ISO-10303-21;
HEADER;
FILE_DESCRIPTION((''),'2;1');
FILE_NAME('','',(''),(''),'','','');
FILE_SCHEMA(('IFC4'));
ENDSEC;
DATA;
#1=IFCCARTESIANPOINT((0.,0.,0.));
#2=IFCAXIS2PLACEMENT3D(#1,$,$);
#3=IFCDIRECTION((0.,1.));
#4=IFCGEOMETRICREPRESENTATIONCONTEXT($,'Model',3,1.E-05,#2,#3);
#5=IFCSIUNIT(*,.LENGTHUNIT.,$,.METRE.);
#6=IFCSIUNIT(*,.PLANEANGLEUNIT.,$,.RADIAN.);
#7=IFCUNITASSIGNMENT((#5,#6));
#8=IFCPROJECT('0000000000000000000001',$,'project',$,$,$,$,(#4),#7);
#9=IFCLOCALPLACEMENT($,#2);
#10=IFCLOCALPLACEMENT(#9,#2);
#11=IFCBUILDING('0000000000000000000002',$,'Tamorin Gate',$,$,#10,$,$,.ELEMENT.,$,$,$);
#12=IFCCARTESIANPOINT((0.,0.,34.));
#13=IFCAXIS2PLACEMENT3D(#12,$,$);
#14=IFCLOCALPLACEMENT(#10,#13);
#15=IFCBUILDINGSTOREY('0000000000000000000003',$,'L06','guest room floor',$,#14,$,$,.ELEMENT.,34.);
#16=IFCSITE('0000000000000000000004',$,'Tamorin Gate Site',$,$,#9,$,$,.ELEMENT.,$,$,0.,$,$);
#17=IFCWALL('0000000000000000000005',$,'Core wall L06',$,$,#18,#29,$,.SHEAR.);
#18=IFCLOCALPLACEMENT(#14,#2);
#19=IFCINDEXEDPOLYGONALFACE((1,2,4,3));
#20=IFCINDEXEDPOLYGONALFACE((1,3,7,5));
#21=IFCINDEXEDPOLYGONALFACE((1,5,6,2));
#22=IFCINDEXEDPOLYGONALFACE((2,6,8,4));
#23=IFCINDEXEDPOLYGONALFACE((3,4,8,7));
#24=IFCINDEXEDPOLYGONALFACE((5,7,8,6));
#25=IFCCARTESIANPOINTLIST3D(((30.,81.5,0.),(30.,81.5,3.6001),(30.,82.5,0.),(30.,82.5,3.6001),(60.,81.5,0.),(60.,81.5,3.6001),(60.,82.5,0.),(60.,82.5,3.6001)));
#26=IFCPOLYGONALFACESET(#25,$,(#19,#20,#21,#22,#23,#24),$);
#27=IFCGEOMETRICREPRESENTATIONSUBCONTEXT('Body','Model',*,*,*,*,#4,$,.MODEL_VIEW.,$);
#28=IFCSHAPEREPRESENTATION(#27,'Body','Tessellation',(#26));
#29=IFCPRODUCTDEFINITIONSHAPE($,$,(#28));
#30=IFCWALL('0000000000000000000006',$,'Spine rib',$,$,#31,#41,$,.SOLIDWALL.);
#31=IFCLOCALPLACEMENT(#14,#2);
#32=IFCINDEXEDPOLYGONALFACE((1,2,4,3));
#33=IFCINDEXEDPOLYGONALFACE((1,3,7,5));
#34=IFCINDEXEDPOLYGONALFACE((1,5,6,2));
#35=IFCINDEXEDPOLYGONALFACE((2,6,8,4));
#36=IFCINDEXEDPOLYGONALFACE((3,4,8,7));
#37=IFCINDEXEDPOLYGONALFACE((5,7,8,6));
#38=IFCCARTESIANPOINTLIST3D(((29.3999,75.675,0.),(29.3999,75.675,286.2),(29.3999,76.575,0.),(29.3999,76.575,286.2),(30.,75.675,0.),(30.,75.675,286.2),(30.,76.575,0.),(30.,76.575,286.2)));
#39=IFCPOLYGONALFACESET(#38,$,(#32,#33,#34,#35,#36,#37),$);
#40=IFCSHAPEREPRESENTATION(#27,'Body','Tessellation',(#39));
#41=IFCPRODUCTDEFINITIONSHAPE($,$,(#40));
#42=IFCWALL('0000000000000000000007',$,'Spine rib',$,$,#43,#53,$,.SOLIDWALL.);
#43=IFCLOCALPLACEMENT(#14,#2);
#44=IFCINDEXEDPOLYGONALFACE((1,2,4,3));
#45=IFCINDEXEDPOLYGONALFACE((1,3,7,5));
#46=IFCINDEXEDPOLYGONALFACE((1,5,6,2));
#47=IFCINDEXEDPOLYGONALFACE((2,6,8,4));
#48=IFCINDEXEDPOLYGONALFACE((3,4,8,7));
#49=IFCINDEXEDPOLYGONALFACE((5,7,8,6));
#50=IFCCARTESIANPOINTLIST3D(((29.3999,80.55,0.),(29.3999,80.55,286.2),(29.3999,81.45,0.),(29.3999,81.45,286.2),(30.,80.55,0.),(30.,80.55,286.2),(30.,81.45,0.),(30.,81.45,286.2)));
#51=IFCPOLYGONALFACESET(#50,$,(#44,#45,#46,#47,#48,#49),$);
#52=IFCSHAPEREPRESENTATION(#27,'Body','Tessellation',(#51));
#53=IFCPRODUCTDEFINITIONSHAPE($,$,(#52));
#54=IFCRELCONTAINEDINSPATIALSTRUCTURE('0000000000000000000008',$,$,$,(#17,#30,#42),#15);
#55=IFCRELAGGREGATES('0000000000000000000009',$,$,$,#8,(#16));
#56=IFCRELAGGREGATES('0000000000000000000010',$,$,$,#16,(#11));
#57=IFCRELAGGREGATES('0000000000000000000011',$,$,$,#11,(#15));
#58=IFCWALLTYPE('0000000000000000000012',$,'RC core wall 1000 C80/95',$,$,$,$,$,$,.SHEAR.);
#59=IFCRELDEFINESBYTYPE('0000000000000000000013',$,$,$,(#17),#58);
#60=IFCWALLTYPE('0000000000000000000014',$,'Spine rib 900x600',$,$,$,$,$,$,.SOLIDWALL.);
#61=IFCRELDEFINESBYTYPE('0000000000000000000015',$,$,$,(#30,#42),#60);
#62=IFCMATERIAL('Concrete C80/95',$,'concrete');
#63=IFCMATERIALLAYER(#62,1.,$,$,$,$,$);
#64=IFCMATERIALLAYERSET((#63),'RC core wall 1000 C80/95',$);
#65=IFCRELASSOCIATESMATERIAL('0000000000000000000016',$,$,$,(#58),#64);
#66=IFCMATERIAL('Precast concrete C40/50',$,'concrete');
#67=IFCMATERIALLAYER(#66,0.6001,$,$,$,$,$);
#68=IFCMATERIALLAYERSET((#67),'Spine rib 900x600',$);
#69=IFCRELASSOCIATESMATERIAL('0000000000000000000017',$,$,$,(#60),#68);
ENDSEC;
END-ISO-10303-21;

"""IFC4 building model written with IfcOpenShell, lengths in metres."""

from ifc_helpers import new_model, si_unit, direction, frame, frame_2d, origin, place, context, subcontext, project, spatial, rectangle, extrude, material, layer, layer_set, type_object, element, save


model = new_model("IFC4")

# Units and contexts
model_context = context("Model", 3, precision=1e-05, world=origin(), true_north=direction((0.0, 1.0)))
body_context = subcontext(model_context, "Body", "Model", "MODEL_VIEW")
ifc_project = project(units=[si_unit("LENGTHUNIT", "METRE"), si_unit("PLANEANGLEUNIT", "RADIAN")], contexts=[model_context])

# Site, building, storey
site_placement = place(None, origin())
site = spatial("IfcSite", under=ifc_project, at=site_placement, Name="Tamorin Gate Site", CompositionType="ELEMENT", RefElevation=0.0)
building_placement = place(site_placement, origin())
building = spatial("IfcBuilding", under=site, at=building_placement, Name="Tamorin Gate", CompositionType="ELEMENT")
storey_placement = place(building_placement, frame((0.0, 0.0, 34.0)))
storey = spatial("IfcBuildingStorey", under=building, at=storey_placement, Name="L06", Description="guest room floor", CompositionType="ELEMENT", Elevation=34.0)

# Walls
ifc_material_1 = material(Name="Concrete C80/95", Category="concrete")
ifc_layer_1 = layer(ifc_material_1, 1.0)
ifc_layer_set_1 = layer_set([ifc_layer_1], Name="RC core wall 1000 C80/95")
wall_type_1 = type_object("IfcWallType", Name="RC core wall 1000 C80/95", PredefinedType="SHEAR", material=ifc_layer_set_1)
wall_placement = place(storey_placement, frame((30.0, 82.0, 0.0), z_axis=(0.0, 0.0, 1.0), x_axis=(1.0, 0.0, 0.0)))
element("IfcWall", 1, at=wall_placement, inside=storey, type_object=wall_type_1, Name="Core wall L06", PredefinedType="SHEAR", context=body_context, shape_type="SweptSolid", body=[
    extrude(rectangle(XDim=30.0, YDim=1.0, at=frame_2d((15.0, 0.0))), origin(), (0.0, 0.0, 1.0), 3.6001),
])
ifc_material_2 = material(Name="Precast concrete C40/50", Category="concrete")
ifc_layer_2 = layer(ifc_material_2, 0.6001)
ifc_layer_set_2 = layer_set([ifc_layer_2], Name="Spine rib 900x600")
wall_type_2 = type_object("IfcWallType", Name="Spine rib 900x600", PredefinedType="SOLIDWALL", material=ifc_layer_set_2)
for number, where, z_axis, x_axis, name in (
    (2, (29.7, 75.675, 0.0), (0.0, 0.0, 1.0), (0.0, 1.0, 0.0), "Spine rib"),
    (3, (29.7, 80.55, 0.0), (0.0, 0.0, 1.0), (0.0, 1.0, 0.0), "Spine rib"),
):
    element("IfcWall", number, at=place(storey_placement, frame(where, z_axis=z_axis, x_axis=x_axis)), inside=storey, type_object=wall_type_2, Name=name, PredefinedType="SOLIDWALL", context=body_context, shape_type="SweptSolid", body=[
        extrude(rectangle(XDim=0.8999, YDim=0.6001, at=frame_2d((0.45, 0.0))), origin(), (0.0, 0.0, 1.0), 286.2),
    ])

save(model, "model.ifc")
